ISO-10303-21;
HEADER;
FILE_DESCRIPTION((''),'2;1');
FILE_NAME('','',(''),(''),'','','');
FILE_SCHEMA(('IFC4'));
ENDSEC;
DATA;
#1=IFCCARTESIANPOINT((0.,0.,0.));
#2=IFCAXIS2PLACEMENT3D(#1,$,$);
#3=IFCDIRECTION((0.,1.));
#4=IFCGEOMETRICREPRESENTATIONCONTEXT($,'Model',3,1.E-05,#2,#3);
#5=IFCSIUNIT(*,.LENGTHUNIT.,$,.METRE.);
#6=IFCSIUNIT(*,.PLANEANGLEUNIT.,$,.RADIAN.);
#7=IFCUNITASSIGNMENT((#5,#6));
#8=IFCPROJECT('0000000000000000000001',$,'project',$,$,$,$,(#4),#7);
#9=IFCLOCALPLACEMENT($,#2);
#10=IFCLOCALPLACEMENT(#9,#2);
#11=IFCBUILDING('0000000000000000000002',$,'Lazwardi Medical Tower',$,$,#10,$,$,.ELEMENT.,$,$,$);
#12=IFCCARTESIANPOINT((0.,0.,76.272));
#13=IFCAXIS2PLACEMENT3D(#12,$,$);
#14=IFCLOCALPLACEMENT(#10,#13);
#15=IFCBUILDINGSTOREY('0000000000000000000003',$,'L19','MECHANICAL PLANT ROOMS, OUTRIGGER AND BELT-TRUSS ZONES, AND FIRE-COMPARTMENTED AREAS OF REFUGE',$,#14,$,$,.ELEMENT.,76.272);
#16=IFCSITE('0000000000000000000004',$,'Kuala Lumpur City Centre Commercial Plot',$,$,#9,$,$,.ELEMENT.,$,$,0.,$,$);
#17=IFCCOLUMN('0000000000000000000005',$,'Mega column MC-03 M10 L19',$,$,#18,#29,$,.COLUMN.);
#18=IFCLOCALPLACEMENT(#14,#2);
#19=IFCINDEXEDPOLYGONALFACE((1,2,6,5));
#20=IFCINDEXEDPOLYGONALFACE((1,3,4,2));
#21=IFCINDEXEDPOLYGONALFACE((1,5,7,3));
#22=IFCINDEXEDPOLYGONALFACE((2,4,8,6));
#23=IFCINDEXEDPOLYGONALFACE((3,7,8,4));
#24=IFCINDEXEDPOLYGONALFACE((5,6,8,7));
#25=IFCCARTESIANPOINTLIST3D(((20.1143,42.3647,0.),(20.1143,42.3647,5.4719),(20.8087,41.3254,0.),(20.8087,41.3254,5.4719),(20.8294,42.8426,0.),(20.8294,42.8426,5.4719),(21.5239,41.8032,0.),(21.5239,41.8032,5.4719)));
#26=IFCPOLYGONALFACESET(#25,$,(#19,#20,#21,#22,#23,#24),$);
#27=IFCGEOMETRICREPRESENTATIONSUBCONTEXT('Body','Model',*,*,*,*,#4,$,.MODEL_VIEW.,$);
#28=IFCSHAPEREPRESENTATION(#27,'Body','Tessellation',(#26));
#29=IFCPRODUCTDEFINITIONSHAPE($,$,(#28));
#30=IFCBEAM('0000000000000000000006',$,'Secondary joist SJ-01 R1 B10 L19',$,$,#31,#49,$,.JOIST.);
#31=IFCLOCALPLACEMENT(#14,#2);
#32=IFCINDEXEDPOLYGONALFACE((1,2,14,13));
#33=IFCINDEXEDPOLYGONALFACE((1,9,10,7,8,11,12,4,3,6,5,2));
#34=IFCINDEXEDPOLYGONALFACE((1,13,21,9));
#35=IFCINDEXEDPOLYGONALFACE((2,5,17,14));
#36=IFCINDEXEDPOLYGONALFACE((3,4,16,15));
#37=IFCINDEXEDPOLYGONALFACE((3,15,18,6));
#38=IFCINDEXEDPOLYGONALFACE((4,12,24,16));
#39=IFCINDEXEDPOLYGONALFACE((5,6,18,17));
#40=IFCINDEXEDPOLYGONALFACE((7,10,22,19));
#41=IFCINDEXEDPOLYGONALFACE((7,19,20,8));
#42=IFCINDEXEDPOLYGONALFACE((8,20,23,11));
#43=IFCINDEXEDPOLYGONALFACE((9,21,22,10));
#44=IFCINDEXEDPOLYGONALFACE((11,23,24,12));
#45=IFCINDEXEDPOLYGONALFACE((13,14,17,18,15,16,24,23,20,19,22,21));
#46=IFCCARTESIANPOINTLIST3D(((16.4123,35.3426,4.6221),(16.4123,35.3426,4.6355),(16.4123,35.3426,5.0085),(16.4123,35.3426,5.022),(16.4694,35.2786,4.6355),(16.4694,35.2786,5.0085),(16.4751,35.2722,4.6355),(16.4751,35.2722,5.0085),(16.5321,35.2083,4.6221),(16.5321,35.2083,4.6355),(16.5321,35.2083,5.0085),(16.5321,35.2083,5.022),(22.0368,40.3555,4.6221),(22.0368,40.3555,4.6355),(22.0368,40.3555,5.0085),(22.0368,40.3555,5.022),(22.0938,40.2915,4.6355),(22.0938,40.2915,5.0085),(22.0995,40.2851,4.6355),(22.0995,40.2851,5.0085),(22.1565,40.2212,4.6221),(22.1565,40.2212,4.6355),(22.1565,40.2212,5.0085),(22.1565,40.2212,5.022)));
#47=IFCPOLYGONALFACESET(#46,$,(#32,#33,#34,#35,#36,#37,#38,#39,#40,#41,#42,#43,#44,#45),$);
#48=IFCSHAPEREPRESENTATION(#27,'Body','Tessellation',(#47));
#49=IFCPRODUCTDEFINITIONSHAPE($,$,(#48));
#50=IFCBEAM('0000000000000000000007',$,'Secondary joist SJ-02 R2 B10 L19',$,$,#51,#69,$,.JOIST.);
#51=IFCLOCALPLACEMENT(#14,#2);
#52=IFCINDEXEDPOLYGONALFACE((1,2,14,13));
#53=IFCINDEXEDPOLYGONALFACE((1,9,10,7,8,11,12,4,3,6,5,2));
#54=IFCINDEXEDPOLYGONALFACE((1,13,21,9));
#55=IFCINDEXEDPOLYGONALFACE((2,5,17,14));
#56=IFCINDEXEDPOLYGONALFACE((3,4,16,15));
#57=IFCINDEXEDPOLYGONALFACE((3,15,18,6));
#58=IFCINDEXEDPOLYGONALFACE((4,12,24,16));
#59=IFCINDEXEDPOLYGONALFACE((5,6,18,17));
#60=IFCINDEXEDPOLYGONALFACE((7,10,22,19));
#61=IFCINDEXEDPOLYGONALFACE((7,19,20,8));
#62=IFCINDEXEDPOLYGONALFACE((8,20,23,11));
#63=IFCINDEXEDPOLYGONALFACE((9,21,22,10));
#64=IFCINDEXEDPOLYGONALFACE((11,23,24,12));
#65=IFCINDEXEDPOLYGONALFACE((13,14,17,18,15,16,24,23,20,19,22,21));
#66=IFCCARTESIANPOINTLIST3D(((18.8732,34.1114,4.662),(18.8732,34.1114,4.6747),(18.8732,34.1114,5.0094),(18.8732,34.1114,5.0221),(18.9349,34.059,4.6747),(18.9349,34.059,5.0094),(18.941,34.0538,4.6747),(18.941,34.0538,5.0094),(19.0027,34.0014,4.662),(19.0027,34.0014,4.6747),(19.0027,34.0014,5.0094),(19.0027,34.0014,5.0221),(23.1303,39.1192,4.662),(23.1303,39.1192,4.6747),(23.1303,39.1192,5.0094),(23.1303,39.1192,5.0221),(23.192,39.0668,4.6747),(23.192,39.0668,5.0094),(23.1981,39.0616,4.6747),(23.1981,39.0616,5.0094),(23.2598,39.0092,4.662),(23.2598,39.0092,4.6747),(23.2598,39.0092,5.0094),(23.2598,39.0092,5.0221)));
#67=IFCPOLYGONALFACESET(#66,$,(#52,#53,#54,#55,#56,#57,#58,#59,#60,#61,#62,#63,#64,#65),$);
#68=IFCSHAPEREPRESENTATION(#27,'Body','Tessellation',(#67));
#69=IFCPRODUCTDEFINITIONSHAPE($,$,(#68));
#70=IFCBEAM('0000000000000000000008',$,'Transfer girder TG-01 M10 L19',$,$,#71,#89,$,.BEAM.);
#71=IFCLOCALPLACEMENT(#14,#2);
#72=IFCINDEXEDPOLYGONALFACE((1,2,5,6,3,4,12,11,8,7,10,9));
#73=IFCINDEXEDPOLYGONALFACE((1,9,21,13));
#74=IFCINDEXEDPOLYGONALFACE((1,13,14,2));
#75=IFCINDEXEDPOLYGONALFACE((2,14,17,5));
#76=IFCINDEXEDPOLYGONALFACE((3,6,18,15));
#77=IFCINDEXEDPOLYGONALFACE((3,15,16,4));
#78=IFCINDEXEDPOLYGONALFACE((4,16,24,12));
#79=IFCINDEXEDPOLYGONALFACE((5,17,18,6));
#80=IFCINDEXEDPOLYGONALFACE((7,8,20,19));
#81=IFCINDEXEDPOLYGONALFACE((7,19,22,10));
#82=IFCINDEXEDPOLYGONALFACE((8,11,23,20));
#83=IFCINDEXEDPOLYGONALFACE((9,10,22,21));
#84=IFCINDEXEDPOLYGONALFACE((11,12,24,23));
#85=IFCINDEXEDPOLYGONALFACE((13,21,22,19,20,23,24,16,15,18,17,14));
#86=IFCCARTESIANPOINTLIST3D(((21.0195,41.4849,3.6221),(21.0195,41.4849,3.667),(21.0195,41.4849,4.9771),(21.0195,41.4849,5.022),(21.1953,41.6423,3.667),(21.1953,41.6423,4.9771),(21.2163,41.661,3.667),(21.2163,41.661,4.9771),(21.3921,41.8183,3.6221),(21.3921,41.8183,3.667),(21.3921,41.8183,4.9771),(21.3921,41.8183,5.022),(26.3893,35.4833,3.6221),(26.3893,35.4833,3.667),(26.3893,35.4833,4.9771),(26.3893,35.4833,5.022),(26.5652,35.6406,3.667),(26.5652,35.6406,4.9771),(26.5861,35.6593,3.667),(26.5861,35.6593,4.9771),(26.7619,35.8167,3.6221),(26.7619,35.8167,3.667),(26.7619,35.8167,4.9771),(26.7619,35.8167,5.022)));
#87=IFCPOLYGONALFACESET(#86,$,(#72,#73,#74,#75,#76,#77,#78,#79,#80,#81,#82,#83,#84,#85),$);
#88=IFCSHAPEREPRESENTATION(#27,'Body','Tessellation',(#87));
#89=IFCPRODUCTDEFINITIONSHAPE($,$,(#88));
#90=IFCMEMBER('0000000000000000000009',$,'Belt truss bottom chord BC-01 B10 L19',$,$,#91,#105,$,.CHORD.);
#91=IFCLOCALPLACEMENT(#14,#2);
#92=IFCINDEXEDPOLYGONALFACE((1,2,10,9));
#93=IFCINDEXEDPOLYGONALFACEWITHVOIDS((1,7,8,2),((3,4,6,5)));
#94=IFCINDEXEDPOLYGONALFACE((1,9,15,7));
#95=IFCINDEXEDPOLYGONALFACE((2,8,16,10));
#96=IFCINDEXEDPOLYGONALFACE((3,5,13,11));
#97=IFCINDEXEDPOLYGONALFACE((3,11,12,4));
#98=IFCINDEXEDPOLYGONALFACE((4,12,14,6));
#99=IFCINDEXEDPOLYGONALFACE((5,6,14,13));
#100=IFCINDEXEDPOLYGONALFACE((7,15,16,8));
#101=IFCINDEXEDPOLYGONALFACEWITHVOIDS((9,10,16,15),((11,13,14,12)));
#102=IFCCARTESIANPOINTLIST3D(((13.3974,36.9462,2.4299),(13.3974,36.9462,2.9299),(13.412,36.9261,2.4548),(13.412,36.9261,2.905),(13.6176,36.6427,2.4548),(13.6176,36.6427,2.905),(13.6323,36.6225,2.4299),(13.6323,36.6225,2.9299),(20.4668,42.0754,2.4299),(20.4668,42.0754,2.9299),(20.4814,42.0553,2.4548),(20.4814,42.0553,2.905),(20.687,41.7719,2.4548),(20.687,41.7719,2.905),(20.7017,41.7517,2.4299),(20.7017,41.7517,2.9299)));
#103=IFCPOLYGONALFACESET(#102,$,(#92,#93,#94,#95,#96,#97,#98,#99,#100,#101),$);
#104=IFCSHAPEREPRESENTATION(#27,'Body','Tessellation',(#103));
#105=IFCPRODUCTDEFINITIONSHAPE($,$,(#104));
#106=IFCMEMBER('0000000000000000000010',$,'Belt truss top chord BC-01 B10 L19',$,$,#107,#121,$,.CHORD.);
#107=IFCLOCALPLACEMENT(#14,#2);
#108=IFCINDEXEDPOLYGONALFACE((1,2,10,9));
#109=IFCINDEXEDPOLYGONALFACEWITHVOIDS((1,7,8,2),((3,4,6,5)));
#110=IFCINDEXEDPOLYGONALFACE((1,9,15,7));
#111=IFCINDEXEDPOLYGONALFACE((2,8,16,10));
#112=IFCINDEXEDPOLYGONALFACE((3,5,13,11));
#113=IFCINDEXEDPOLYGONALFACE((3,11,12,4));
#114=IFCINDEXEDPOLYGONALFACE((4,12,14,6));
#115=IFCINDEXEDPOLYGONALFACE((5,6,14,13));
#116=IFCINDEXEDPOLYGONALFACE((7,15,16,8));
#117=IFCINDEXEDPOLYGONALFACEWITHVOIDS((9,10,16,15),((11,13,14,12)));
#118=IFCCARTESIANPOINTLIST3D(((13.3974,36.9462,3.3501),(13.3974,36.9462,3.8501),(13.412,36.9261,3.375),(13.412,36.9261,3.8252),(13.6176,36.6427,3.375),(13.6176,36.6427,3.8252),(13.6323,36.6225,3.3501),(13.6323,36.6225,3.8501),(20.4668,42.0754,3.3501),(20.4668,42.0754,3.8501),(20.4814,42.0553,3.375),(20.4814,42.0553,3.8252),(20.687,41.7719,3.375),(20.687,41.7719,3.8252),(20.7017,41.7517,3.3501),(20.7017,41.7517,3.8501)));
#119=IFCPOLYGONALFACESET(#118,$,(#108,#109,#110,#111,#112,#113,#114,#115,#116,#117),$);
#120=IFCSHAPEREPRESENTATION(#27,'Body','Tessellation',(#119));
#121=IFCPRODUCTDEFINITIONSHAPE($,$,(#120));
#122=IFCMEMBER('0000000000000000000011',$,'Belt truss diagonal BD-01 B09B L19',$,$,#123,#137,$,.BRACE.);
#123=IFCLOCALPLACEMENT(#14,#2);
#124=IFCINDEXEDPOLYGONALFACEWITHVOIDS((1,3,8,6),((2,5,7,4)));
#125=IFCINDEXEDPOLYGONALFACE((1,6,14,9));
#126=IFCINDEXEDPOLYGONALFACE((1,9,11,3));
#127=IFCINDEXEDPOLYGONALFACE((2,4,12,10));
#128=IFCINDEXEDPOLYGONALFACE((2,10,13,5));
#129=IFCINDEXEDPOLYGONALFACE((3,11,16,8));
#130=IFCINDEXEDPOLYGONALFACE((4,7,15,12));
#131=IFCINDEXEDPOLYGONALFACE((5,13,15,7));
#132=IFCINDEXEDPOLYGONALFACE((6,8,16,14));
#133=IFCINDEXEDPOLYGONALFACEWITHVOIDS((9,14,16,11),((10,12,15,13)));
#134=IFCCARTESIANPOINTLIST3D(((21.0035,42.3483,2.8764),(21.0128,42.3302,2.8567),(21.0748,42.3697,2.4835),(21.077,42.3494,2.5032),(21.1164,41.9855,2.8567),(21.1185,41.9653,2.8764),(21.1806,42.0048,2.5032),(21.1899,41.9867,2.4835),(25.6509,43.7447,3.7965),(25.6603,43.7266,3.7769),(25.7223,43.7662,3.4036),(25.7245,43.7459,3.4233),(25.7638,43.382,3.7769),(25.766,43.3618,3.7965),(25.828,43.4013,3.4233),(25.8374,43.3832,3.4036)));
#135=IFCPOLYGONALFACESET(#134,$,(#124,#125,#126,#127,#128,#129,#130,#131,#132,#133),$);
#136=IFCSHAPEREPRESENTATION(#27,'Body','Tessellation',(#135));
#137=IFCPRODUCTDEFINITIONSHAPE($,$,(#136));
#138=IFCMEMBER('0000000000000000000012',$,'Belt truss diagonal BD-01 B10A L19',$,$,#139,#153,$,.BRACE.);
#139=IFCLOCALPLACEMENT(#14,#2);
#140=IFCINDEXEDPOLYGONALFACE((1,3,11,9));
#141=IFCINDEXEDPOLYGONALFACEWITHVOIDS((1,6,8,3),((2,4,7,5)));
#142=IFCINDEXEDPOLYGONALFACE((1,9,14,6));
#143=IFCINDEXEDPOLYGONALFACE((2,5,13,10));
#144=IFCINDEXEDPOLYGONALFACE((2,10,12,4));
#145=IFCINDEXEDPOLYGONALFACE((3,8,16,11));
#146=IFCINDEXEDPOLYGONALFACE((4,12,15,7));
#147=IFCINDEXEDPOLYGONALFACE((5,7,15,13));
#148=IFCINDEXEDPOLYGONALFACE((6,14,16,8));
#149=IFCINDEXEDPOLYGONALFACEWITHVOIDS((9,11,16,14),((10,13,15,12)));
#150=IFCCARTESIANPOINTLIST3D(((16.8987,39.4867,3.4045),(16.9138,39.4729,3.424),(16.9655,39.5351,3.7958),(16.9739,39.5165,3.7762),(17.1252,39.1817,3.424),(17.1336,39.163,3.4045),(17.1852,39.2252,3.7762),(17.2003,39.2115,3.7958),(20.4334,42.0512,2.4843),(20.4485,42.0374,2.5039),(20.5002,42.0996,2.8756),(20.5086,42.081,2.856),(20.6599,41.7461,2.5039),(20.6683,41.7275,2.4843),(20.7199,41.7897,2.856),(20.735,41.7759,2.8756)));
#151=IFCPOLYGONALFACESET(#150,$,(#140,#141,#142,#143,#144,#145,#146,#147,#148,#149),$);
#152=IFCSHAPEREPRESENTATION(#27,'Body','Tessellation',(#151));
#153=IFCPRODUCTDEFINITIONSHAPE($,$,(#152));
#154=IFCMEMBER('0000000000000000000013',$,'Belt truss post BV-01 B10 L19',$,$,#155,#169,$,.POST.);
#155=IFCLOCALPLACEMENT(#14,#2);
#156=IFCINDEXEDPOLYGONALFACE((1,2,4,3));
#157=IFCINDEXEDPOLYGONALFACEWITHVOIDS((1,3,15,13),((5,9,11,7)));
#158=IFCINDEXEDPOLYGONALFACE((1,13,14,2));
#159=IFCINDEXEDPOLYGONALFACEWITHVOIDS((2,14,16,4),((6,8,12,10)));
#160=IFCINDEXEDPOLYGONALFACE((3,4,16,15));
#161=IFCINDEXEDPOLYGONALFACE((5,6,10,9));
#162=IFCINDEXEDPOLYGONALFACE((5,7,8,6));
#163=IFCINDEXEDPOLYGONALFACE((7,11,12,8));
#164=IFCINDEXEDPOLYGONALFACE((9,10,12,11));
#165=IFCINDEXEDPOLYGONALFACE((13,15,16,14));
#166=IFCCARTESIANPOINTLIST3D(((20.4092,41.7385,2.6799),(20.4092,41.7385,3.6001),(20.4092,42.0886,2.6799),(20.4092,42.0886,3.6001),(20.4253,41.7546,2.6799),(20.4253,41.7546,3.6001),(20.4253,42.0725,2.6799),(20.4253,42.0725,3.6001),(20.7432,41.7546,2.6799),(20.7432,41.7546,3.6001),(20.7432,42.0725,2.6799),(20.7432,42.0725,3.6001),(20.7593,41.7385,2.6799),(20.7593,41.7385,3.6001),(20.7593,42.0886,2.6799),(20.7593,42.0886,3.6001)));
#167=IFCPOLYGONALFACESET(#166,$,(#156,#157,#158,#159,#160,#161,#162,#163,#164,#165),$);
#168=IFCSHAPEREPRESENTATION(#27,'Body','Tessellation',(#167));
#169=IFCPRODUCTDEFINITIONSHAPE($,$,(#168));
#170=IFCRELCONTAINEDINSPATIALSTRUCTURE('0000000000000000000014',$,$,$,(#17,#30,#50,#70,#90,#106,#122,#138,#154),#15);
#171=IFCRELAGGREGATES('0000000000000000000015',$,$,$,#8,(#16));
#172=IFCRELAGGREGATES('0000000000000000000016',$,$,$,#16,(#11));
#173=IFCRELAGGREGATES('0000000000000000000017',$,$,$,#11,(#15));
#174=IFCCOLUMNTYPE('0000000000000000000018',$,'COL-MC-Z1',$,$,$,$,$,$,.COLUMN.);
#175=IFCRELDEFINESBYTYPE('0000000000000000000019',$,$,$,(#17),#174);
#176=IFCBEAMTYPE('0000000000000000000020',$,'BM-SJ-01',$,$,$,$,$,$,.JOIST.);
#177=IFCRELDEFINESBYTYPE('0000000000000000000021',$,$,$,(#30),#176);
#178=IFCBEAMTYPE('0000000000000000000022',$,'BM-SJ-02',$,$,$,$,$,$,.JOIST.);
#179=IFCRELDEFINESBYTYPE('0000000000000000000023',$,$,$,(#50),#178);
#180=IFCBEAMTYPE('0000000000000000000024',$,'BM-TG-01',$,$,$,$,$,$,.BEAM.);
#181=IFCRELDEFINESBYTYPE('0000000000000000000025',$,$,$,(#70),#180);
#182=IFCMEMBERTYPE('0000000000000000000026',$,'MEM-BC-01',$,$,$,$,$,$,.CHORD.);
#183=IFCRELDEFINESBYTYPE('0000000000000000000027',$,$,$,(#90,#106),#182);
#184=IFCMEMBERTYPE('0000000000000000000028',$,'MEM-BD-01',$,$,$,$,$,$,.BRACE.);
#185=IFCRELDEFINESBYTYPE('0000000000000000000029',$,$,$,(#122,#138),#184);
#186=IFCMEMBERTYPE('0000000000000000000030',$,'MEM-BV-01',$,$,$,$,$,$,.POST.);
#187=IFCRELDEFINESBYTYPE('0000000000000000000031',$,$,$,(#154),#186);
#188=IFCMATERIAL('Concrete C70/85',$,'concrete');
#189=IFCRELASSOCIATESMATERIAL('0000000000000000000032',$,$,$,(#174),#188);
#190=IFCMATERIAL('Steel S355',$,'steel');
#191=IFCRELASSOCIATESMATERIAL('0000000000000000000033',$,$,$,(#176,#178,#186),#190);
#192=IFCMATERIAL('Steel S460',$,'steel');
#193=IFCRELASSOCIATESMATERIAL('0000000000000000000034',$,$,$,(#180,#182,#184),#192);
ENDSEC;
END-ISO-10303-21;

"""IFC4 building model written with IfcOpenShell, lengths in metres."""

from ifc_helpers import new_model, si_unit, direction, frame, origin, origin_2d, place, context, subcontext, project, spatial, rectangle, hollow_rectangle, i_section, extrude, material, material_profile, profile_set, type_object, element, save


model = new_model("IFC4")

# Units and contexts
model_context = context("Model", 3, precision=1e-05, world=origin(), true_north=direction((0.0, 1.0)))
body_context = subcontext(model_context, "Body", "Model", "MODEL_VIEW")
ifc_project = project(units=[si_unit("LENGTHUNIT", "METRE"), si_unit("PLANEANGLEUNIT", "RADIAN")], contexts=[model_context])

# Site, building, storey
site_placement = place(None, origin())
site = spatial("IfcSite", under=ifc_project, at=site_placement, Name="Kuala Lumpur City Centre Commercial Plot", CompositionType="ELEMENT", RefElevation=0.0)
building_placement = place(site_placement, origin())
building = spatial("IfcBuilding", under=site, at=building_placement, Name="Lazwardi Medical Tower", CompositionType="ELEMENT")
storey_placement = place(building_placement, frame((0.0, 0.0, 76.272)))
storey = spatial("IfcBuildingStorey", under=building, at=storey_placement, Name="L19", Description="MECHANICAL PLANT ROOMS, OUTRIGGER AND BELT-TRUSS ZONES, AND FIRE-COMPARTMENTED AREAS OF REFUGE", CompositionType="ELEMENT", Elevation=76.272)

# Column
ifc_material_1 = material(Name="Concrete C70/85", Category="concrete")
ifc_material_profile_1 = material_profile(ifc_material_1, rectangle(XDim=1.25, YDim=0.8601, at=origin_2d()), Name="CFT-RECT 1250x860")
ifc_profile_set_1 = profile_set([ifc_material_profile_1], Name="Concrete C70/85")
column_type = type_object("IfcColumnType", Name="COL-MC-Z1", PredefinedType="COLUMN", material=ifc_profile_set_1)
column_placement = place(storey_placement, frame((20.8191, 42.084, 0.0), z_axis=(0.0, 0.0, 1.0), x_axis=(-0.55557, 0.83147, 0.0)))
element("IfcColumn", 1, at=column_placement, inside=storey, type_object=column_type, Name="Mega column MC-03 M10 L19", PredefinedType="COLUMN", context=body_context, shape_type="SweptSolid", body=[
    extrude(rectangle(XDim=1.25, YDim=0.8601, at=origin_2d()), origin(), (0.0, 0.0, 1.0), 5.4719),
])

# Beams
ifc_material_2 = material(Name="Steel S355", Category="steel")
ifc_material_profile_2 = material_profile(ifc_material_2, i_section(OverallWidth=0.1799, OverallDepth=0.3999, WebThickness=0.0085, FlangeThickness=0.0134, at=origin_2d()), Name="IPE 400")
ifc_profile_set_2 = profile_set([ifc_material_profile_2], Name="Steel S355")
beam_type_1 = type_object("IfcBeamType", Name="BM-SJ-01", PredefinedType="JOIST", material=ifc_profile_set_2)
beam_1_placement = place(storey_placement, frame((22.0967, 40.2883, 4.822), z_axis=(-0.746527, -0.665355, 0.0), x_axis=(0.665355, -0.746527, 0.0)))
element("IfcBeam", 2, at=beam_1_placement, inside=storey, type_object=beam_type_1, Name="Secondary joist SJ-01 R1 B10 L19", PredefinedType="JOIST", context=body_context, shape_type="SweptSolid", body=[
    extrude(i_section(OverallWidth=0.1799, OverallDepth=0.3999, WebThickness=0.0085, FlangeThickness=0.0134, at=origin_2d()), origin(), (0.0, 0.0, 1.0), 7.5342),
])
ifc_material_profile_3 = material_profile(ifc_material_2, i_section(OverallWidth=0.1699, OverallDepth=0.3601, WebThickness=0.0081, FlangeThickness=0.0127, at=origin_2d()), Name="IPE 360")
ifc_profile_set_3 = profile_set([ifc_material_profile_3], Name="Steel S355")
beam_type_2 = type_object("IfcBeamType", Name="BM-SJ-02", PredefinedType="JOIST", material=ifc_profile_set_3)
beam_2_placement = place(storey_placement, frame((23.1951, 39.0642, 4.842), z_axis=(-0.647687, -0.761906, 0.0), x_axis=(0.761906, -0.647687, 0.0)))
element("IfcBeam", 3, at=beam_2_placement, inside=storey, type_object=beam_type_2, Name="Secondary joist SJ-02 R2 B10 L19", PredefinedType="JOIST", context=body_context, shape_type="SweptSolid", body=[
    extrude(i_section(OverallWidth=0.1699, OverallDepth=0.3601, WebThickness=0.0081, FlangeThickness=0.0127, at=origin_2d()), origin(), (0.0, 0.0, 1.0), 6.5728),
])
ifc_material_3 = material(Name="Steel S460", Category="steel")
ifc_material_profile_4 = material_profile(ifc_material_3, i_section(OverallWidth=0.5, OverallDepth=1.3999, WebThickness=0.0281, FlangeThickness=0.0449, at=origin_2d()), Name="PG 1400x500")
ifc_profile_set_4 = profile_set([ifc_material_profile_4], Name="Steel S460")
beam_type_3 = type_object("IfcBeamType", Name="BM-TG-01", PredefinedType="BEAM", material=ifc_profile_set_4)
beam_3_placement = place(storey_placement, frame((21.2058, 41.6516, 4.322), z_axis=(0.66679, -0.745246, 0.0), x_axis=(0.745246, 0.66679, 0.0)))
element("IfcBeam", 4, at=beam_3_placement, inside=storey, type_object=beam_type_3, Name="Transfer girder TG-01 M10 L19", PredefinedType="BEAM", context=body_context, shape_type="SweptSolid", body=[
    extrude(i_section(OverallWidth=0.5, OverallDepth=1.3999, WebThickness=0.0281, FlangeThickness=0.0449, at=origin_2d()), origin(), (0.0, 0.0, 1.0), 8.0532),
])

# Members
ifc_material_profile_5 = material_profile(ifc_material_3, hollow_rectangle(XDim=0.3999, YDim=0.5, WallThickness=0.0249, at=origin_2d()), Name="RHS 500x400x25")
ifc_profile_set_5 = profile_set([ifc_material_profile_5], Name="Steel S460")
member_type_1 = type_object("IfcMemberType", Name="MEM-BC-01", PredefinedType="CHORD", material=ifc_profile_set_5)
for number, where, z_axis, x_axis, name in (
    (5, (20.5842, 41.9136, 2.6799), (-0.809399, -0.587259, 0.0), (0.587259, -0.809399, 0.0), "Belt truss bottom chord BC-01 B10 L19"),
    (6, (20.5842, 41.9136, 3.6001), (-0.809399, -0.587259, 0.0), (0.587259, -0.809399, 0.0), "Belt truss top chord BC-01 B10 L19"),
):
    element("IfcMember", number, at=place(storey_placement, frame(where, z_axis=z_axis, x_axis=x_axis)), inside=storey, type_object=member_type_1, Name=name, PredefinedType="CHORD", context=body_context, shape_type="SweptSolid", body=[
        extrude(hollow_rectangle(XDim=0.3999, YDim=0.5, WallThickness=0.0249, at=origin_2d()), origin(), (0.0, 0.0, 1.0), 8.7341),
    ])
ifc_material_profile_6 = material_profile(ifc_material_3, hollow_rectangle(XDim=0.3999, YDim=0.3999, WallThickness=0.02, at=origin_2d()), Name="RHS 400x400x20")
ifc_profile_set_6 = profile_set([ifc_material_profile_6], Name="Steel S460")
member_type_2 = type_object("IfcMemberType", Name="MEM-BD-01", PredefinedType="BRACE", material=ifc_profile_set_6)
member_1_placement = place(storey_placement, frame((21.0967, 42.1675, 2.6799), z_axis=(0.940933, 0.282735, 0.186298), x_axis=(-0.287772, 0.957699, 0.0)))
element("IfcMember", 7, at=member_1_placement, inside=storey, type_object=member_type_2, Name="Belt truss diagonal BD-01 B09B L19", PredefinedType="BRACE", context=body_context, shape_type="SweptSolid", body=[
    extrude(hollow_rectangle(XDim=0.3999, YDim=0.3999, WallThickness=0.02, at=origin_2d()), origin(), (0.0, 0.0, 1.0), 4.9392),
])
member_2_placement = place(storey_placement, frame((20.5842, 41.9136, 2.6799), z_axis=(-0.792021, -0.574623, 0.206184), x_axis=(0.587241, -0.809412, 0.0)))
element("IfcMember", 8, at=member_2_placement, inside=storey, type_object=member_type_2, Name="Belt truss diagonal BD-01 B10A L19", PredefinedType="BRACE", context=body_context, shape_type="SweptSolid", body=[
    extrude(hollow_rectangle(XDim=0.3999, YDim=0.3999, WallThickness=0.02, at=origin_2d()), origin(), (0.0, 0.0, 1.0), 4.4629),
])
ifc_material_profile_7 = material_profile(ifc_material_2, hollow_rectangle(XDim=0.3501, YDim=0.3501, WallThickness=0.0161, at=origin_2d()), Name="RHS 350x350x16")
ifc_profile_set_7 = profile_set([ifc_material_profile_7], Name="Steel S355")
member_type_3 = type_object("IfcMemberType", Name="MEM-BV-01", PredefinedType="POST", material=ifc_profile_set_7)
member_3_placement = place(storey_placement, frame((20.5842, 41.9136, 2.6799), z_axis=(0.0, 0.0, 1.0), x_axis=(1.0, 0.0, 0.0)))
element("IfcMember", 9, at=member_3_placement, inside=storey, type_object=member_type_3, Name="Belt truss post BV-01 B10 L19", PredefinedType="POST", context=body_context, shape_type="SweptSolid", body=[
    extrude(hollow_rectangle(XDim=0.3501, YDim=0.3501, WallThickness=0.0161, at=origin_2d()), origin(), (0.0, 0.0, 1.0), 0.9202),
])

save(model, "model.ifc")
